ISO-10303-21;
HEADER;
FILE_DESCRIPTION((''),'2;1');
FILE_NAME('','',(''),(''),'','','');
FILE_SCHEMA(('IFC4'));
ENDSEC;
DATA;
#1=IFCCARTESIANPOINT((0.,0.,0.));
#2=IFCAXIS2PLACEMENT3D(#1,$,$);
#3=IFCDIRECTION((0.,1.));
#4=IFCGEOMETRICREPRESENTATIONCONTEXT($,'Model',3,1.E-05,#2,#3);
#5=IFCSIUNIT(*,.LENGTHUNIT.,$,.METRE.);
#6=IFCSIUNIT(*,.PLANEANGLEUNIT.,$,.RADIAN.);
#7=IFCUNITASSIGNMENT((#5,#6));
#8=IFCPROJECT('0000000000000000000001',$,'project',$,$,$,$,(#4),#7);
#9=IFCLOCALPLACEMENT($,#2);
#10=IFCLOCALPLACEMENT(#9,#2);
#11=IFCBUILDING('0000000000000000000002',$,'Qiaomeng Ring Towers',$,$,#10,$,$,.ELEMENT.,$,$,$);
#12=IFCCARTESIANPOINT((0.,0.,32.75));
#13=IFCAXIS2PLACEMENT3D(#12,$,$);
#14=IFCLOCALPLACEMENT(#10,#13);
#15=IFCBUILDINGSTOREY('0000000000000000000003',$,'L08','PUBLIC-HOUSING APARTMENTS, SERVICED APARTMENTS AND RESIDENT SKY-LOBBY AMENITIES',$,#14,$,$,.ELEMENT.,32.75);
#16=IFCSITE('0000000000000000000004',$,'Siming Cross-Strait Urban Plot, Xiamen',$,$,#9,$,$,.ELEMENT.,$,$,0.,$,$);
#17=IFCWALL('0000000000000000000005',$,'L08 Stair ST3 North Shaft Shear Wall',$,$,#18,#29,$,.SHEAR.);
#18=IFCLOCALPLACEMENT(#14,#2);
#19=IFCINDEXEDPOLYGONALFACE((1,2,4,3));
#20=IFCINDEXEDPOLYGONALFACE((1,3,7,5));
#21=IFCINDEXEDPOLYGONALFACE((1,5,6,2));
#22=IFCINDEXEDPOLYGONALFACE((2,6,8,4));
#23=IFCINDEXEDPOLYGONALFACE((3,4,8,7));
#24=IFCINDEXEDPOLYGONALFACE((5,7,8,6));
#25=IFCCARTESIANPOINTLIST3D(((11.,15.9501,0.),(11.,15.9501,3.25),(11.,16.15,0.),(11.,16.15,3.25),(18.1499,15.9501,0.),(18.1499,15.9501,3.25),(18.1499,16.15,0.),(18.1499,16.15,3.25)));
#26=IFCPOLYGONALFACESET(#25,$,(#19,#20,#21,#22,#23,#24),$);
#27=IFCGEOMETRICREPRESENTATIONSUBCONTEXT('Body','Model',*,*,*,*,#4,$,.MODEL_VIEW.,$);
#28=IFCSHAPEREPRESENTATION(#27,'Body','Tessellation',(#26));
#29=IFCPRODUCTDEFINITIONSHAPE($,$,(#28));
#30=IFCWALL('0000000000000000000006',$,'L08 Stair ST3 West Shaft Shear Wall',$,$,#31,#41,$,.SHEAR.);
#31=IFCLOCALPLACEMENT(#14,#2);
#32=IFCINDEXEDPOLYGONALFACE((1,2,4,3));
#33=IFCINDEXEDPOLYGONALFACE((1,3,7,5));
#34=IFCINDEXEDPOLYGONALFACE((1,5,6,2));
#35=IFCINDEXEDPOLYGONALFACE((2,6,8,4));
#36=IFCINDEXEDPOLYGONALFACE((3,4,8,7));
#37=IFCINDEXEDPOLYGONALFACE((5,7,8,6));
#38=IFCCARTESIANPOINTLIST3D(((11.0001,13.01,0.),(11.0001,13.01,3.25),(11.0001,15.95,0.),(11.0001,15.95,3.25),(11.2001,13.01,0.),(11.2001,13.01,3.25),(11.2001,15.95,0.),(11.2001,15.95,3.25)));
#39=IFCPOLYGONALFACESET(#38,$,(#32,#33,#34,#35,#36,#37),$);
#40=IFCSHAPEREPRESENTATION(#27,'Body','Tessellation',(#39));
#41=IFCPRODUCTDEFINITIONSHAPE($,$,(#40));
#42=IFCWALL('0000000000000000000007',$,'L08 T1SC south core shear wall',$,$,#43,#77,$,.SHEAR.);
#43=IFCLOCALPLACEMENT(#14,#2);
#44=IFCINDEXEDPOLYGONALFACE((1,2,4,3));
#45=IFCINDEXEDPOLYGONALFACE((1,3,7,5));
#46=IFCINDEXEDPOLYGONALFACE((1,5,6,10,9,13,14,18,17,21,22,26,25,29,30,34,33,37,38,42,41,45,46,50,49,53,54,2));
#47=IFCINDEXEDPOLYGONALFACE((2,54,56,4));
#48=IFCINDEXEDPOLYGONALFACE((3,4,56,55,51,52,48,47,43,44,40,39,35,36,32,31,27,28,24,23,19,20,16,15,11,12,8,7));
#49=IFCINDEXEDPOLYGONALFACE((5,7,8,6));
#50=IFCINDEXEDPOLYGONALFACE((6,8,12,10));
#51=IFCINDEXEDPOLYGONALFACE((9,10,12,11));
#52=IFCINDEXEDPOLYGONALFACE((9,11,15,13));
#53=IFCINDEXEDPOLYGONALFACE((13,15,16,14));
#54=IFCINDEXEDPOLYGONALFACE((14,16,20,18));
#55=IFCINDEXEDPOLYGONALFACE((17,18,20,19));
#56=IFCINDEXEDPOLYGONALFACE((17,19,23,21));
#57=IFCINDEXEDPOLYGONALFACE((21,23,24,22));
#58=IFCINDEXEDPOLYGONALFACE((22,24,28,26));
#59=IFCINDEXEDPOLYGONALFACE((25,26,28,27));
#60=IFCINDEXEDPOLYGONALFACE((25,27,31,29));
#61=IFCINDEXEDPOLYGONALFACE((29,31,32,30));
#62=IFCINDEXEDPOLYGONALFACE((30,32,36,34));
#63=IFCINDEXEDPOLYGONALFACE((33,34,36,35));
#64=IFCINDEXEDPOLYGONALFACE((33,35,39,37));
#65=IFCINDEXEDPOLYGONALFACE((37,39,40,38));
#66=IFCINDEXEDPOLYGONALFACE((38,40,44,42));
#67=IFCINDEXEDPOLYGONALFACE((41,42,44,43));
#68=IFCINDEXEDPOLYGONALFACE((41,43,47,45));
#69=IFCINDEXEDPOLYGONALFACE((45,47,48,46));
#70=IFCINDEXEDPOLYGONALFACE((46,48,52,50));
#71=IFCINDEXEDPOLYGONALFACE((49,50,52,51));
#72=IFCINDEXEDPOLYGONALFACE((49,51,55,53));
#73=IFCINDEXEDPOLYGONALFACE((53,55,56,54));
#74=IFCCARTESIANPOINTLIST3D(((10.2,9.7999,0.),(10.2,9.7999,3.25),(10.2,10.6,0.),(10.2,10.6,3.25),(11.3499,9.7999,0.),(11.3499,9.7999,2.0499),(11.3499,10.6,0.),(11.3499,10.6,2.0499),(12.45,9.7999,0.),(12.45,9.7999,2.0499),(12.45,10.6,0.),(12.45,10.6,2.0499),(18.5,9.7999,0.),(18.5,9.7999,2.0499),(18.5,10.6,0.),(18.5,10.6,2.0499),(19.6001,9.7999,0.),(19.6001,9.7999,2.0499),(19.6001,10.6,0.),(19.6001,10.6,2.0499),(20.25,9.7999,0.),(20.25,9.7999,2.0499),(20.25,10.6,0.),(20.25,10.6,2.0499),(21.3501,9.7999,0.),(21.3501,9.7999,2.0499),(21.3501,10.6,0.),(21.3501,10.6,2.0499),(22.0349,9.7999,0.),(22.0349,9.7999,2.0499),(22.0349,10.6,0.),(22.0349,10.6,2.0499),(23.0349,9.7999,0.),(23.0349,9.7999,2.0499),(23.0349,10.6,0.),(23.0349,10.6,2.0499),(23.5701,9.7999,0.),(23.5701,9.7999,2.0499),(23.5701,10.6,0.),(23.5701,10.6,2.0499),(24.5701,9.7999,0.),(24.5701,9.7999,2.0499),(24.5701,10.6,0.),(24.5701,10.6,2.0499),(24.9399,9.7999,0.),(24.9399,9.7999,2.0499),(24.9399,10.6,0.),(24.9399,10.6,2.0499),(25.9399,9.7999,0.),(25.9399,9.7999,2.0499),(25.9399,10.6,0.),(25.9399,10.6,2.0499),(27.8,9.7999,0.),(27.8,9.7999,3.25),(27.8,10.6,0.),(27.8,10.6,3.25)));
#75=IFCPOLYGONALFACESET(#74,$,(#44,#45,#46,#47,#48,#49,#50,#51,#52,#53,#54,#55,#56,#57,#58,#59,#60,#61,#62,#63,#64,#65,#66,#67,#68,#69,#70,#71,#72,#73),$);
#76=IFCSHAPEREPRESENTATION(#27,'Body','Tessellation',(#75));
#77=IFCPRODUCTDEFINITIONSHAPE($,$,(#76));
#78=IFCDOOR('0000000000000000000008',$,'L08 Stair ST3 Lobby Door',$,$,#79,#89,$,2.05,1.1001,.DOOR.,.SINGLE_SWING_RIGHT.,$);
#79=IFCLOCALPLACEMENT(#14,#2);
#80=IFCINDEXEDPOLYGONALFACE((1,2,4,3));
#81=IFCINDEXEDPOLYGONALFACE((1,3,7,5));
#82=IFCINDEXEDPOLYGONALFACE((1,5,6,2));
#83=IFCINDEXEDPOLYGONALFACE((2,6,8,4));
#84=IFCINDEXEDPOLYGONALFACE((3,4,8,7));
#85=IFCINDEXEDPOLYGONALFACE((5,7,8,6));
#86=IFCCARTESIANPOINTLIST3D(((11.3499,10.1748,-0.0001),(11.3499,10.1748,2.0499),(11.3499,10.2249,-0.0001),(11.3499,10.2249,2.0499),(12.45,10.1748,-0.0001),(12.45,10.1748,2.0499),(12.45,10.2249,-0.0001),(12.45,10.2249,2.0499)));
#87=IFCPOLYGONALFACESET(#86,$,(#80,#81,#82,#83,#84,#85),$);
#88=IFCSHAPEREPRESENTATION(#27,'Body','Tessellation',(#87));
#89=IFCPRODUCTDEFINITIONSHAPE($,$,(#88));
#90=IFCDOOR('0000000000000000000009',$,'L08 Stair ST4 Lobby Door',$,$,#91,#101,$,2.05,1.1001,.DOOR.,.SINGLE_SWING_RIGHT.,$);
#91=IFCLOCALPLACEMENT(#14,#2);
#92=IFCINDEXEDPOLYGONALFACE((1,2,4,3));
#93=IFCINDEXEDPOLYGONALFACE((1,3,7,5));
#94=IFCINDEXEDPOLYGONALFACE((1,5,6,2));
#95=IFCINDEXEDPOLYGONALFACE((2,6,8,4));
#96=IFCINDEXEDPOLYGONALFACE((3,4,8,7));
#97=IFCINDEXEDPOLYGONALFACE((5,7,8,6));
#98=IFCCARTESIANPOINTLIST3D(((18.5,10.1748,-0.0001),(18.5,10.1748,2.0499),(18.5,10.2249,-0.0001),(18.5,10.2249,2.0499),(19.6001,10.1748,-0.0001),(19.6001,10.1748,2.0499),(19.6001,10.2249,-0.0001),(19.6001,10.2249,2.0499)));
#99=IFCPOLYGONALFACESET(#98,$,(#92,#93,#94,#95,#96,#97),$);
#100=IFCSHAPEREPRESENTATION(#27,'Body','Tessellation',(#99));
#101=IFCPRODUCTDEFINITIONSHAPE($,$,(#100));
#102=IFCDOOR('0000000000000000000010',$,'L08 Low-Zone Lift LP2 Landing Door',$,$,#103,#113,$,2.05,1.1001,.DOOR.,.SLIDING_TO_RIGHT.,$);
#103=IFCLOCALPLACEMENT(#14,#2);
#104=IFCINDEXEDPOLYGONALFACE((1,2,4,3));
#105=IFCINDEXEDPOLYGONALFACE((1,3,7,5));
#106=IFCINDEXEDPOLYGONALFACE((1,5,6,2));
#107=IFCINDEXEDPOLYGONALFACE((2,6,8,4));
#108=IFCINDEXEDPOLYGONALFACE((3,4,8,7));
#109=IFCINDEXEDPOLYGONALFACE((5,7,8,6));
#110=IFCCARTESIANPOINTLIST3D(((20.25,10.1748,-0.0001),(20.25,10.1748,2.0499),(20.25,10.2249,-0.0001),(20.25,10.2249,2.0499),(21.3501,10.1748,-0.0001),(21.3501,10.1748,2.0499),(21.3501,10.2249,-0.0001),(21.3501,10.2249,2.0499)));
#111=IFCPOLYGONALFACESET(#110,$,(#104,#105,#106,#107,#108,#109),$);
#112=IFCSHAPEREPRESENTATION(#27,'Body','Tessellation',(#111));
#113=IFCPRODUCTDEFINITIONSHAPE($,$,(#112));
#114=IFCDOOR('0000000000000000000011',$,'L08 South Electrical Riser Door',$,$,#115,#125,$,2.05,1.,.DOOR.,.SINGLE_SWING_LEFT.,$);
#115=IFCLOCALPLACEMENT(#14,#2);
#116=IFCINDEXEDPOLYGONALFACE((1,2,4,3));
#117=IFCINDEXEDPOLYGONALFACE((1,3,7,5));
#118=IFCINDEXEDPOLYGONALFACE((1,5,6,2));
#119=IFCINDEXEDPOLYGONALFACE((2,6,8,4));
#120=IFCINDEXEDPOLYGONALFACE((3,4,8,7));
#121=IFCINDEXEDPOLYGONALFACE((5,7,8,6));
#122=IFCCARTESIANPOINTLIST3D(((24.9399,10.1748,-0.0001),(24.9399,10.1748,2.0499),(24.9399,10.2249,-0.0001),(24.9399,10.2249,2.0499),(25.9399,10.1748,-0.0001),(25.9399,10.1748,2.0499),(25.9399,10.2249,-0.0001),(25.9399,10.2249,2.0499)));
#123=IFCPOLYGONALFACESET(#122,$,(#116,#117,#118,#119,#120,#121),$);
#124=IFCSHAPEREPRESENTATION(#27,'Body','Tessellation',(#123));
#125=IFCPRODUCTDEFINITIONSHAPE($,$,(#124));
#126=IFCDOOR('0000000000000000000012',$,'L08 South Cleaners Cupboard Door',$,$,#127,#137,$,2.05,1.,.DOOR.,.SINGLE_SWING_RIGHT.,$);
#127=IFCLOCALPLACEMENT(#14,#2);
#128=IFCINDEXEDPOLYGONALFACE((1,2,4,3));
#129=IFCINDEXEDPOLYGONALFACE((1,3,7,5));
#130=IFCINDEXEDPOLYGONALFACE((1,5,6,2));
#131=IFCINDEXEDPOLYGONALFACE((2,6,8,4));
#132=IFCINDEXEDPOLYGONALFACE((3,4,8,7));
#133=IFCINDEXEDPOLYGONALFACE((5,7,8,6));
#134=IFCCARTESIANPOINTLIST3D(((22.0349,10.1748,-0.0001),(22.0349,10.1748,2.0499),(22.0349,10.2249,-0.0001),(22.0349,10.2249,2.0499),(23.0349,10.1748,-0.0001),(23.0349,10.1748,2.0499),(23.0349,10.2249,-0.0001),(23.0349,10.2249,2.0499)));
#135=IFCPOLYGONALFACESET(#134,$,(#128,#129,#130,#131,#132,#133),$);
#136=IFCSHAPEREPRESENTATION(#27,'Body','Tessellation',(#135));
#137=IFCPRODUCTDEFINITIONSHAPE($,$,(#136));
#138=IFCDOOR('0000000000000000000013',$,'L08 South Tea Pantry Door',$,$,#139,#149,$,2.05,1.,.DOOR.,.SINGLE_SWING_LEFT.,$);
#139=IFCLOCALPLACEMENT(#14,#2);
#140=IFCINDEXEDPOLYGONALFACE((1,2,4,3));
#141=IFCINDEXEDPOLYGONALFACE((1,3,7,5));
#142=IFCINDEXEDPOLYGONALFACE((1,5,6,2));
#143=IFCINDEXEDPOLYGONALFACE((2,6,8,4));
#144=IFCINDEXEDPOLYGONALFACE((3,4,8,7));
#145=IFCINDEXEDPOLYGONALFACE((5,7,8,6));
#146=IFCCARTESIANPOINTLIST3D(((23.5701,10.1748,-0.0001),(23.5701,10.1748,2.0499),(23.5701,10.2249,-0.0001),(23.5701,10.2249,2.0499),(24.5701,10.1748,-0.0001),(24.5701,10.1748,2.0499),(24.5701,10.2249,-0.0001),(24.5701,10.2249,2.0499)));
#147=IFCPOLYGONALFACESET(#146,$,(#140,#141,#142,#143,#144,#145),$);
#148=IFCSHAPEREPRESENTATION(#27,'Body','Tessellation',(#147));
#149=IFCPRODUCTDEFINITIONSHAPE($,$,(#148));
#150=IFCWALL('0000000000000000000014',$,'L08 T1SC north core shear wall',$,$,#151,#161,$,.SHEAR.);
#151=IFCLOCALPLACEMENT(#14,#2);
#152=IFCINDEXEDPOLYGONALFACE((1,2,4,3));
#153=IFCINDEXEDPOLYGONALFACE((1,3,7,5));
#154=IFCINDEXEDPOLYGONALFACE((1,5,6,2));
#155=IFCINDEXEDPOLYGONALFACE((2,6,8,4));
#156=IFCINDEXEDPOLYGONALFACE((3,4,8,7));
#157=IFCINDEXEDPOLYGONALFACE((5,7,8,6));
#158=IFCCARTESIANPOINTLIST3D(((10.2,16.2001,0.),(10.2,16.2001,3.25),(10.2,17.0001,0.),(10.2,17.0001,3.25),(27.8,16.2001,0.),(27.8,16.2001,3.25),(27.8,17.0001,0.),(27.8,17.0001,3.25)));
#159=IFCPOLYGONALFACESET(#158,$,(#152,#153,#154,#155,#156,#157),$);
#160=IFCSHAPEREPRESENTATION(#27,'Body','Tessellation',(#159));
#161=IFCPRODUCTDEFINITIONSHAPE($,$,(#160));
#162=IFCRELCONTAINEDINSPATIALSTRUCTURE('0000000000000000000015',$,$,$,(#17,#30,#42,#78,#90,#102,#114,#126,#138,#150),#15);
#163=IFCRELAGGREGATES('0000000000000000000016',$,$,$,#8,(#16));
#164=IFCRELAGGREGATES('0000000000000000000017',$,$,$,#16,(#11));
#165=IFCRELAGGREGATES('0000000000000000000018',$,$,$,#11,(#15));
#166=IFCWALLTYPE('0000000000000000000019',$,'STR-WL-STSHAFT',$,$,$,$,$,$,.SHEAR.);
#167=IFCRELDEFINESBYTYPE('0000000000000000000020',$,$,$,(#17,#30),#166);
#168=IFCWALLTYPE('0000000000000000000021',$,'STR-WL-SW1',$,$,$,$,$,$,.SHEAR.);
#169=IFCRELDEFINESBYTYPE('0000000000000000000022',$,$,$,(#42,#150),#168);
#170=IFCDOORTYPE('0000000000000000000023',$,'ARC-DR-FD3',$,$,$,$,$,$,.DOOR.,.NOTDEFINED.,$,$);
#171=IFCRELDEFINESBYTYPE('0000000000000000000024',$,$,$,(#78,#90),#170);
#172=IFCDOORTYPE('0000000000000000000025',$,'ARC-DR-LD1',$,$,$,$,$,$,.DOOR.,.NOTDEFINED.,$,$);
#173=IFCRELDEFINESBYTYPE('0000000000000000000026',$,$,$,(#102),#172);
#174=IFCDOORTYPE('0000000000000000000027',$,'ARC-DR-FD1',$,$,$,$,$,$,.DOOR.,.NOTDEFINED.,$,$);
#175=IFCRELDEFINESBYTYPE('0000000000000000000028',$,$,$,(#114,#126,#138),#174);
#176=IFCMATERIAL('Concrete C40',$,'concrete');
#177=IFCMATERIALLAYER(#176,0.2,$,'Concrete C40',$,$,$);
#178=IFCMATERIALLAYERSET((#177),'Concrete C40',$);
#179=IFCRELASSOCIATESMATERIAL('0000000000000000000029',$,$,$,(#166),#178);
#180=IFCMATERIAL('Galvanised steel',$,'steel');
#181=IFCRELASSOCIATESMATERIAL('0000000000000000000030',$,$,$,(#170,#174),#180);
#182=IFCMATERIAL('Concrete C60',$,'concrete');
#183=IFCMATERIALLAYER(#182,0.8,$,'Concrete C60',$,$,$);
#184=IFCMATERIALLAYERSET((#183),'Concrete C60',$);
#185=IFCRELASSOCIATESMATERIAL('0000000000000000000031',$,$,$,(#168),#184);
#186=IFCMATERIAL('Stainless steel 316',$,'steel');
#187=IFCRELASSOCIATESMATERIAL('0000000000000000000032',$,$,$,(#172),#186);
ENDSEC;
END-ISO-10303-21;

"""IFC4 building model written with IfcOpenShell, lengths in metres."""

from ifc_helpers import new_model, si_unit, direction, frame, frame_2d, origin, place, context, subcontext, project, spatial, rectangle, extrude, source, transform, mapped, material, layer, layer_set, type_object, element, fill, save


model = new_model("IFC4")

# Units and contexts
model_context = context("Model", 3, precision=1e-05, world=origin(), true_north=direction((0.0, 1.0)))
body_context = subcontext(model_context, "Body", "Model", "MODEL_VIEW")
ifc_project = project(units=[si_unit("LENGTHUNIT", "METRE"), si_unit("PLANEANGLEUNIT", "RADIAN")], contexts=[model_context])

# Site, building, storey
site_placement = place(None, origin())
site = spatial("IfcSite", under=ifc_project, at=site_placement, Name="Siming Cross-Strait Urban Plot, Xiamen", CompositionType="ELEMENT", RefElevation=0.0)
building_placement = place(site_placement, origin())
building = spatial("IfcBuilding", under=site, at=building_placement, Name="Qiaomeng Ring Towers", CompositionType="ELEMENT")
storey_placement = place(building_placement, frame((0.0, 0.0, 32.75)))
storey = spatial("IfcBuildingStorey", under=building, at=storey_placement, Name="L08", Description="PUBLIC-HOUSING APARTMENTS, SERVICED APARTMENTS AND RESIDENT SKY-LOBBY AMENITIES", CompositionType="ELEMENT", Elevation=32.75)

# Shared definitions
shared_shape_1 = source(origin(), body_context, "Body", "SweptSolid", [
    extrude(rectangle(XDim=1.0, YDim=2.05, at=frame_2d((0.5, 1.0249))), frame((0.0, 0.0249, 0.0), z_axis=(0.0, -1.0, 0.0), x_axis=(1.0, 0.0, 0.0)), (0.0, 0.0, 1.0), 0.05),
])

# Shared definitions
ifc_material_1 = material(Name="Concrete C40", Category="concrete")
ifc_layer_1 = layer(ifc_material_1, 0.2, Name="Concrete C40")
ifc_layer_set_1 = layer_set([ifc_layer_1], Name="Concrete C40")
wall_type_1 = type_object("IfcWallType", Name="STR-WL-STSHAFT", PredefinedType="SHEAR", material=ifc_layer_set_1)
ifc_material_2 = material(Name="Galvanised steel", Category="steel")
door_type_1 = type_object("IfcDoorType", Name="ARC-DR-FD3", OperationType="NOTDEFINED", PredefinedType="DOOR", material=ifc_material_2)
shared_shape_2 = source(origin(), body_context, "Body", "SweptSolid", [
    extrude(rectangle(XDim=1.1001, YDim=2.05, at=frame_2d((0.55, 1.0249))), frame((0.0, 0.0249, 0.0), z_axis=(0.0, -1.0, 0.0), x_axis=(1.0, 0.0, 0.0)), (0.0, 0.0, 1.0), 0.05),
])

# Walls
wall_1_placement = place(storey_placement, frame((11.0, 16.05, 0.0), z_axis=(0.0, 0.0, 1.0), x_axis=(1.0, 0.0, 0.0)))
element("IfcWall", 1, at=wall_1_placement, inside=storey, type_object=wall_type_1, Name="L08 Stair ST3 North Shaft Shear Wall", PredefinedType="SHEAR", context=body_context, shape_type="SweptSolid", body=[
    extrude(rectangle(XDim=7.1499, YDim=0.2, at=frame_2d((3.575, 0.0))), origin(), (0.0, 0.0, 1.0), 3.25),
])
wall_2_placement = place(storey_placement, frame((11.1001, 13.01, 0.0), z_axis=(0.0, 0.0, 1.0), x_axis=(0.0, 1.0, 0.0)))
element("IfcWall", 2, at=wall_2_placement, inside=storey, type_object=wall_type_1, Name="L08 Stair ST3 West Shaft Shear Wall", PredefinedType="SHEAR", context=body_context, shape_type="SweptSolid", body=[
    extrude(rectangle(XDim=2.9399, YDim=0.2, at=frame_2d((1.47, 0.0))), origin(), (0.0, 0.0, 1.0), 3.25),
])

# Wall, openings, doors
ifc_material_3 = material(Name="Concrete C60", Category="concrete")
ifc_layer_2 = layer(ifc_material_3, 0.8, Name="Concrete C60")
ifc_layer_set_2 = layer_set([ifc_layer_2], Name="Concrete C60")
wall_type_2 = type_object("IfcWallType", Name="STR-WL-SW1", PredefinedType="SHEAR", material=ifc_layer_set_2)
wall_3_placement = place(storey_placement, frame((10.2, 10.2, 0.0), z_axis=(0.0, 0.0, 1.0), x_axis=(1.0, 0.0, 0.0)))
wall_3 = element("IfcWall", 3, at=wall_3_placement, inside=storey, type_object=wall_type_2, Name="L08 T1SC south core shear wall", PredefinedType="SHEAR", context=body_context, shape_type="SweptSolid", body=[
    extrude(rectangle(XDim=17.6001, YDim=0.8, at=frame_2d((8.8, 0.0))), origin(), (0.0, 0.0, 1.0), 3.25),
])
opening_1_placement = place(wall_3_placement, frame((1.1499, 0.0, 0.0)))
opening_1 = element("IfcOpeningElement", 4, at=opening_1_placement, cuts=wall_3, PredefinedType="OPENING", context=body_context, shape_type="SweptSolid", body=[
    extrude(rectangle(XDim=1.1001, YDim=2.05, at=frame_2d((0.55, 1.0249))), frame((0.0, 0.4099, 0.0), z_axis=(0.0, -1.0, 0.0), x_axis=(1.0, 0.0, 0.0)), (0.0, 0.0, 1.0), 0.8201),
])
opening_2_placement = place(wall_3_placement, frame((8.3, 0.0, 0.0)))
opening_2 = element("IfcOpeningElement", 5, at=opening_2_placement, cuts=wall_3, PredefinedType="OPENING", context=body_context, shape_type="SweptSolid", body=[
    extrude(rectangle(XDim=1.1001, YDim=2.05, at=frame_2d((0.55, 1.0249))), frame((0.0, 0.4099, 0.0), z_axis=(0.0, -1.0, 0.0), x_axis=(1.0, 0.0, 0.0)), (0.0, 0.0, 1.0), 0.8201),
])
opening_3_placement = place(wall_3_placement, frame((10.05, 0.0, 0.0)))
opening_3 = element("IfcOpeningElement", 6, at=opening_3_placement, cuts=wall_3, PredefinedType="OPENING", context=body_context, shape_type="SweptSolid", body=[
    extrude(rectangle(XDim=1.1001, YDim=2.05, at=frame_2d((0.55, 1.0249))), frame((0.0, 0.4099, 0.0), z_axis=(0.0, -1.0, 0.0), x_axis=(1.0, 0.0, 0.0)), (0.0, 0.0, 1.0), 0.8201),
])
opening_4_placement = place(wall_3_placement, frame((14.74, 0.0, 0.0)))
opening_4 = element("IfcOpeningElement", 7, at=opening_4_placement, cuts=wall_3, PredefinedType="OPENING", context=body_context, shape_type="SweptSolid", body=[
    extrude(rectangle(XDim=1.0, YDim=2.05, at=frame_2d((0.5, 1.0249))), frame((0.0, 0.4099, 0.0), z_axis=(0.0, -1.0, 0.0), x_axis=(1.0, 0.0, 0.0)), (0.0, 0.0, 1.0), 0.8201),
])
opening_5_placement = place(wall_3_placement, frame((11.835, 0.0, 0.0)))
opening_5 = element("IfcOpeningElement", 8, at=opening_5_placement, cuts=wall_3, PredefinedType="OPENING", context=body_context, shape_type="SweptSolid", body=[
    extrude(rectangle(XDim=1.0, YDim=2.05, at=frame_2d((0.5, 1.0249))), frame((0.0, 0.4099, 0.0), z_axis=(0.0, -1.0, 0.0), x_axis=(1.0, 0.0, 0.0)), (0.0, 0.0, 1.0), 0.8201),
])
opening_6_placement = place(wall_3_placement, frame((13.3701, 0.0, 0.0)))
opening_6 = element("IfcOpeningElement", 9, at=opening_6_placement, cuts=wall_3, PredefinedType="OPENING", context=body_context, shape_type="SweptSolid", body=[
    extrude(rectangle(XDim=1.0, YDim=2.05, at=frame_2d((0.5, 1.0249))), frame((0.0, 0.4099, 0.0), z_axis=(0.0, -1.0, 0.0), x_axis=(1.0, 0.0, 0.0)), (0.0, 0.0, 1.0), 0.8201),
])
door_1_placement = place(opening_1_placement, origin())
door_1 = element("IfcDoor", 10, at=door_1_placement, inside=storey, type_object=door_type_1, Name="L08 Stair ST3 Lobby Door", OperationType="SINGLE_SWING_RIGHT", OverallHeight=2.05, OverallWidth=1.1001, PredefinedType="DOOR", context=body_context, shape_type="MappedRepresentation", body=[
    mapped(shared_shape_2, transform((0.0, 0.0, 0.0), x_axis=(1.0, 0.0, 0.0), y_axis=(0.0, 1.0, 0.0), z_axis=(0.0, 0.0, 1.0), scale=1.0)),
])
fill(opening_1, door_1)
door_2_placement = place(opening_2_placement, origin())
door_2 = element("IfcDoor", 11, at=door_2_placement, inside=storey, type_object=door_type_1, Name="L08 Stair ST4 Lobby Door", OperationType="SINGLE_SWING_RIGHT", OverallHeight=2.05, OverallWidth=1.1001, PredefinedType="DOOR", context=body_context, shape_type="MappedRepresentation", body=[
    mapped(shared_shape_2, transform((0.0, 0.0, 0.0), x_axis=(1.0, 0.0, 0.0), y_axis=(0.0, 1.0, 0.0), z_axis=(0.0, 0.0, 1.0), scale=1.0)),
])
fill(opening_2, door_2)
ifc_material_4 = material(Name="Stainless steel 316", Category="steel")
door_type_2 = type_object("IfcDoorType", Name="ARC-DR-LD1", OperationType="NOTDEFINED", PredefinedType="DOOR", material=ifc_material_4)
door_3_placement = place(opening_3_placement, origin())
door_3 = element("IfcDoor", 12, at=door_3_placement, inside=storey, type_object=door_type_2, Name="L08 Low-Zone Lift LP2 Landing Door", OperationType="SLIDING_TO_RIGHT", OverallHeight=2.05, OverallWidth=1.1001, PredefinedType="DOOR", context=body_context, shape_type="MappedRepresentation", body=[
    mapped(shared_shape_2, transform((0.0, 0.0, 0.0), x_axis=(1.0, 0.0, 0.0), y_axis=(0.0, 1.0, 0.0), z_axis=(0.0, 0.0, 1.0), scale=1.0)),
])
fill(opening_3, door_3)
door_type_3 = type_object("IfcDoorType", Name="ARC-DR-FD1", OperationType="NOTDEFINED", PredefinedType="DOOR", material=ifc_material_2)
door_4_placement = place(opening_4_placement, origin())
door_4 = element("IfcDoor", 13, at=door_4_placement, inside=storey, type_object=door_type_3, Name="L08 South Electrical Riser Door", OperationType="SINGLE_SWING_LEFT", OverallHeight=2.05, OverallWidth=1.0, PredefinedType="DOOR", context=body_context, shape_type="MappedRepresentation", body=[
    mapped(shared_shape_1, transform((0.0, 0.0, 0.0), x_axis=(1.0, 0.0, 0.0), y_axis=(0.0, 1.0, 0.0), z_axis=(0.0, 0.0, 1.0), scale=1.0)),
])
fill(opening_4, door_4)
door_5_placement = place(opening_5_placement, origin())
door_5 = element("IfcDoor", 14, at=door_5_placement, inside=storey, type_object=door_type_3, Name="L08 South Cleaners Cupboard Door", OperationType="SINGLE_SWING_RIGHT", OverallHeight=2.05, OverallWidth=1.0, PredefinedType="DOOR", context=body_context, shape_type="MappedRepresentation", body=[
    mapped(shared_shape_1, transform((0.0, 0.0, 0.0), x_axis=(1.0, 0.0, 0.0), y_axis=(0.0, 1.0, 0.0), z_axis=(0.0, 0.0, 1.0), scale=1.0)),
])
fill(opening_5, door_5)
door_6_placement = place(opening_6_placement, origin())
door_6 = element("IfcDoor", 15, at=door_6_placement, inside=storey, type_object=door_type_3, Name="L08 South Tea Pantry Door", OperationType="SINGLE_SWING_LEFT", OverallHeight=2.05, OverallWidth=1.0, PredefinedType="DOOR", context=body_context, shape_type="MappedRepresentation", body=[
    mapped(shared_shape_1, transform((0.0, 0.0, 0.0), x_axis=(1.0, 0.0, 0.0), y_axis=(0.0, 1.0, 0.0), z_axis=(0.0, 0.0, 1.0), scale=1.0)),
])
fill(opening_6, door_6)

# Wall
wall_4_placement = place(storey_placement, frame((10.2, 16.6001, 0.0), z_axis=(0.0, 0.0, 1.0), x_axis=(1.0, 0.0, 0.0)))
element("IfcWall", 16, at=wall_4_placement, inside=storey, type_object=wall_type_2, Name="L08 T1SC north core shear wall", PredefinedType="SHEAR", context=body_context, shape_type="SweptSolid", body=[
    extrude(rectangle(XDim=17.6001, YDim=0.8, at=frame_2d((8.8, 0.0))), origin(), (0.0, 0.0, 1.0), 3.25),
])

save(model, "model.ifc")
